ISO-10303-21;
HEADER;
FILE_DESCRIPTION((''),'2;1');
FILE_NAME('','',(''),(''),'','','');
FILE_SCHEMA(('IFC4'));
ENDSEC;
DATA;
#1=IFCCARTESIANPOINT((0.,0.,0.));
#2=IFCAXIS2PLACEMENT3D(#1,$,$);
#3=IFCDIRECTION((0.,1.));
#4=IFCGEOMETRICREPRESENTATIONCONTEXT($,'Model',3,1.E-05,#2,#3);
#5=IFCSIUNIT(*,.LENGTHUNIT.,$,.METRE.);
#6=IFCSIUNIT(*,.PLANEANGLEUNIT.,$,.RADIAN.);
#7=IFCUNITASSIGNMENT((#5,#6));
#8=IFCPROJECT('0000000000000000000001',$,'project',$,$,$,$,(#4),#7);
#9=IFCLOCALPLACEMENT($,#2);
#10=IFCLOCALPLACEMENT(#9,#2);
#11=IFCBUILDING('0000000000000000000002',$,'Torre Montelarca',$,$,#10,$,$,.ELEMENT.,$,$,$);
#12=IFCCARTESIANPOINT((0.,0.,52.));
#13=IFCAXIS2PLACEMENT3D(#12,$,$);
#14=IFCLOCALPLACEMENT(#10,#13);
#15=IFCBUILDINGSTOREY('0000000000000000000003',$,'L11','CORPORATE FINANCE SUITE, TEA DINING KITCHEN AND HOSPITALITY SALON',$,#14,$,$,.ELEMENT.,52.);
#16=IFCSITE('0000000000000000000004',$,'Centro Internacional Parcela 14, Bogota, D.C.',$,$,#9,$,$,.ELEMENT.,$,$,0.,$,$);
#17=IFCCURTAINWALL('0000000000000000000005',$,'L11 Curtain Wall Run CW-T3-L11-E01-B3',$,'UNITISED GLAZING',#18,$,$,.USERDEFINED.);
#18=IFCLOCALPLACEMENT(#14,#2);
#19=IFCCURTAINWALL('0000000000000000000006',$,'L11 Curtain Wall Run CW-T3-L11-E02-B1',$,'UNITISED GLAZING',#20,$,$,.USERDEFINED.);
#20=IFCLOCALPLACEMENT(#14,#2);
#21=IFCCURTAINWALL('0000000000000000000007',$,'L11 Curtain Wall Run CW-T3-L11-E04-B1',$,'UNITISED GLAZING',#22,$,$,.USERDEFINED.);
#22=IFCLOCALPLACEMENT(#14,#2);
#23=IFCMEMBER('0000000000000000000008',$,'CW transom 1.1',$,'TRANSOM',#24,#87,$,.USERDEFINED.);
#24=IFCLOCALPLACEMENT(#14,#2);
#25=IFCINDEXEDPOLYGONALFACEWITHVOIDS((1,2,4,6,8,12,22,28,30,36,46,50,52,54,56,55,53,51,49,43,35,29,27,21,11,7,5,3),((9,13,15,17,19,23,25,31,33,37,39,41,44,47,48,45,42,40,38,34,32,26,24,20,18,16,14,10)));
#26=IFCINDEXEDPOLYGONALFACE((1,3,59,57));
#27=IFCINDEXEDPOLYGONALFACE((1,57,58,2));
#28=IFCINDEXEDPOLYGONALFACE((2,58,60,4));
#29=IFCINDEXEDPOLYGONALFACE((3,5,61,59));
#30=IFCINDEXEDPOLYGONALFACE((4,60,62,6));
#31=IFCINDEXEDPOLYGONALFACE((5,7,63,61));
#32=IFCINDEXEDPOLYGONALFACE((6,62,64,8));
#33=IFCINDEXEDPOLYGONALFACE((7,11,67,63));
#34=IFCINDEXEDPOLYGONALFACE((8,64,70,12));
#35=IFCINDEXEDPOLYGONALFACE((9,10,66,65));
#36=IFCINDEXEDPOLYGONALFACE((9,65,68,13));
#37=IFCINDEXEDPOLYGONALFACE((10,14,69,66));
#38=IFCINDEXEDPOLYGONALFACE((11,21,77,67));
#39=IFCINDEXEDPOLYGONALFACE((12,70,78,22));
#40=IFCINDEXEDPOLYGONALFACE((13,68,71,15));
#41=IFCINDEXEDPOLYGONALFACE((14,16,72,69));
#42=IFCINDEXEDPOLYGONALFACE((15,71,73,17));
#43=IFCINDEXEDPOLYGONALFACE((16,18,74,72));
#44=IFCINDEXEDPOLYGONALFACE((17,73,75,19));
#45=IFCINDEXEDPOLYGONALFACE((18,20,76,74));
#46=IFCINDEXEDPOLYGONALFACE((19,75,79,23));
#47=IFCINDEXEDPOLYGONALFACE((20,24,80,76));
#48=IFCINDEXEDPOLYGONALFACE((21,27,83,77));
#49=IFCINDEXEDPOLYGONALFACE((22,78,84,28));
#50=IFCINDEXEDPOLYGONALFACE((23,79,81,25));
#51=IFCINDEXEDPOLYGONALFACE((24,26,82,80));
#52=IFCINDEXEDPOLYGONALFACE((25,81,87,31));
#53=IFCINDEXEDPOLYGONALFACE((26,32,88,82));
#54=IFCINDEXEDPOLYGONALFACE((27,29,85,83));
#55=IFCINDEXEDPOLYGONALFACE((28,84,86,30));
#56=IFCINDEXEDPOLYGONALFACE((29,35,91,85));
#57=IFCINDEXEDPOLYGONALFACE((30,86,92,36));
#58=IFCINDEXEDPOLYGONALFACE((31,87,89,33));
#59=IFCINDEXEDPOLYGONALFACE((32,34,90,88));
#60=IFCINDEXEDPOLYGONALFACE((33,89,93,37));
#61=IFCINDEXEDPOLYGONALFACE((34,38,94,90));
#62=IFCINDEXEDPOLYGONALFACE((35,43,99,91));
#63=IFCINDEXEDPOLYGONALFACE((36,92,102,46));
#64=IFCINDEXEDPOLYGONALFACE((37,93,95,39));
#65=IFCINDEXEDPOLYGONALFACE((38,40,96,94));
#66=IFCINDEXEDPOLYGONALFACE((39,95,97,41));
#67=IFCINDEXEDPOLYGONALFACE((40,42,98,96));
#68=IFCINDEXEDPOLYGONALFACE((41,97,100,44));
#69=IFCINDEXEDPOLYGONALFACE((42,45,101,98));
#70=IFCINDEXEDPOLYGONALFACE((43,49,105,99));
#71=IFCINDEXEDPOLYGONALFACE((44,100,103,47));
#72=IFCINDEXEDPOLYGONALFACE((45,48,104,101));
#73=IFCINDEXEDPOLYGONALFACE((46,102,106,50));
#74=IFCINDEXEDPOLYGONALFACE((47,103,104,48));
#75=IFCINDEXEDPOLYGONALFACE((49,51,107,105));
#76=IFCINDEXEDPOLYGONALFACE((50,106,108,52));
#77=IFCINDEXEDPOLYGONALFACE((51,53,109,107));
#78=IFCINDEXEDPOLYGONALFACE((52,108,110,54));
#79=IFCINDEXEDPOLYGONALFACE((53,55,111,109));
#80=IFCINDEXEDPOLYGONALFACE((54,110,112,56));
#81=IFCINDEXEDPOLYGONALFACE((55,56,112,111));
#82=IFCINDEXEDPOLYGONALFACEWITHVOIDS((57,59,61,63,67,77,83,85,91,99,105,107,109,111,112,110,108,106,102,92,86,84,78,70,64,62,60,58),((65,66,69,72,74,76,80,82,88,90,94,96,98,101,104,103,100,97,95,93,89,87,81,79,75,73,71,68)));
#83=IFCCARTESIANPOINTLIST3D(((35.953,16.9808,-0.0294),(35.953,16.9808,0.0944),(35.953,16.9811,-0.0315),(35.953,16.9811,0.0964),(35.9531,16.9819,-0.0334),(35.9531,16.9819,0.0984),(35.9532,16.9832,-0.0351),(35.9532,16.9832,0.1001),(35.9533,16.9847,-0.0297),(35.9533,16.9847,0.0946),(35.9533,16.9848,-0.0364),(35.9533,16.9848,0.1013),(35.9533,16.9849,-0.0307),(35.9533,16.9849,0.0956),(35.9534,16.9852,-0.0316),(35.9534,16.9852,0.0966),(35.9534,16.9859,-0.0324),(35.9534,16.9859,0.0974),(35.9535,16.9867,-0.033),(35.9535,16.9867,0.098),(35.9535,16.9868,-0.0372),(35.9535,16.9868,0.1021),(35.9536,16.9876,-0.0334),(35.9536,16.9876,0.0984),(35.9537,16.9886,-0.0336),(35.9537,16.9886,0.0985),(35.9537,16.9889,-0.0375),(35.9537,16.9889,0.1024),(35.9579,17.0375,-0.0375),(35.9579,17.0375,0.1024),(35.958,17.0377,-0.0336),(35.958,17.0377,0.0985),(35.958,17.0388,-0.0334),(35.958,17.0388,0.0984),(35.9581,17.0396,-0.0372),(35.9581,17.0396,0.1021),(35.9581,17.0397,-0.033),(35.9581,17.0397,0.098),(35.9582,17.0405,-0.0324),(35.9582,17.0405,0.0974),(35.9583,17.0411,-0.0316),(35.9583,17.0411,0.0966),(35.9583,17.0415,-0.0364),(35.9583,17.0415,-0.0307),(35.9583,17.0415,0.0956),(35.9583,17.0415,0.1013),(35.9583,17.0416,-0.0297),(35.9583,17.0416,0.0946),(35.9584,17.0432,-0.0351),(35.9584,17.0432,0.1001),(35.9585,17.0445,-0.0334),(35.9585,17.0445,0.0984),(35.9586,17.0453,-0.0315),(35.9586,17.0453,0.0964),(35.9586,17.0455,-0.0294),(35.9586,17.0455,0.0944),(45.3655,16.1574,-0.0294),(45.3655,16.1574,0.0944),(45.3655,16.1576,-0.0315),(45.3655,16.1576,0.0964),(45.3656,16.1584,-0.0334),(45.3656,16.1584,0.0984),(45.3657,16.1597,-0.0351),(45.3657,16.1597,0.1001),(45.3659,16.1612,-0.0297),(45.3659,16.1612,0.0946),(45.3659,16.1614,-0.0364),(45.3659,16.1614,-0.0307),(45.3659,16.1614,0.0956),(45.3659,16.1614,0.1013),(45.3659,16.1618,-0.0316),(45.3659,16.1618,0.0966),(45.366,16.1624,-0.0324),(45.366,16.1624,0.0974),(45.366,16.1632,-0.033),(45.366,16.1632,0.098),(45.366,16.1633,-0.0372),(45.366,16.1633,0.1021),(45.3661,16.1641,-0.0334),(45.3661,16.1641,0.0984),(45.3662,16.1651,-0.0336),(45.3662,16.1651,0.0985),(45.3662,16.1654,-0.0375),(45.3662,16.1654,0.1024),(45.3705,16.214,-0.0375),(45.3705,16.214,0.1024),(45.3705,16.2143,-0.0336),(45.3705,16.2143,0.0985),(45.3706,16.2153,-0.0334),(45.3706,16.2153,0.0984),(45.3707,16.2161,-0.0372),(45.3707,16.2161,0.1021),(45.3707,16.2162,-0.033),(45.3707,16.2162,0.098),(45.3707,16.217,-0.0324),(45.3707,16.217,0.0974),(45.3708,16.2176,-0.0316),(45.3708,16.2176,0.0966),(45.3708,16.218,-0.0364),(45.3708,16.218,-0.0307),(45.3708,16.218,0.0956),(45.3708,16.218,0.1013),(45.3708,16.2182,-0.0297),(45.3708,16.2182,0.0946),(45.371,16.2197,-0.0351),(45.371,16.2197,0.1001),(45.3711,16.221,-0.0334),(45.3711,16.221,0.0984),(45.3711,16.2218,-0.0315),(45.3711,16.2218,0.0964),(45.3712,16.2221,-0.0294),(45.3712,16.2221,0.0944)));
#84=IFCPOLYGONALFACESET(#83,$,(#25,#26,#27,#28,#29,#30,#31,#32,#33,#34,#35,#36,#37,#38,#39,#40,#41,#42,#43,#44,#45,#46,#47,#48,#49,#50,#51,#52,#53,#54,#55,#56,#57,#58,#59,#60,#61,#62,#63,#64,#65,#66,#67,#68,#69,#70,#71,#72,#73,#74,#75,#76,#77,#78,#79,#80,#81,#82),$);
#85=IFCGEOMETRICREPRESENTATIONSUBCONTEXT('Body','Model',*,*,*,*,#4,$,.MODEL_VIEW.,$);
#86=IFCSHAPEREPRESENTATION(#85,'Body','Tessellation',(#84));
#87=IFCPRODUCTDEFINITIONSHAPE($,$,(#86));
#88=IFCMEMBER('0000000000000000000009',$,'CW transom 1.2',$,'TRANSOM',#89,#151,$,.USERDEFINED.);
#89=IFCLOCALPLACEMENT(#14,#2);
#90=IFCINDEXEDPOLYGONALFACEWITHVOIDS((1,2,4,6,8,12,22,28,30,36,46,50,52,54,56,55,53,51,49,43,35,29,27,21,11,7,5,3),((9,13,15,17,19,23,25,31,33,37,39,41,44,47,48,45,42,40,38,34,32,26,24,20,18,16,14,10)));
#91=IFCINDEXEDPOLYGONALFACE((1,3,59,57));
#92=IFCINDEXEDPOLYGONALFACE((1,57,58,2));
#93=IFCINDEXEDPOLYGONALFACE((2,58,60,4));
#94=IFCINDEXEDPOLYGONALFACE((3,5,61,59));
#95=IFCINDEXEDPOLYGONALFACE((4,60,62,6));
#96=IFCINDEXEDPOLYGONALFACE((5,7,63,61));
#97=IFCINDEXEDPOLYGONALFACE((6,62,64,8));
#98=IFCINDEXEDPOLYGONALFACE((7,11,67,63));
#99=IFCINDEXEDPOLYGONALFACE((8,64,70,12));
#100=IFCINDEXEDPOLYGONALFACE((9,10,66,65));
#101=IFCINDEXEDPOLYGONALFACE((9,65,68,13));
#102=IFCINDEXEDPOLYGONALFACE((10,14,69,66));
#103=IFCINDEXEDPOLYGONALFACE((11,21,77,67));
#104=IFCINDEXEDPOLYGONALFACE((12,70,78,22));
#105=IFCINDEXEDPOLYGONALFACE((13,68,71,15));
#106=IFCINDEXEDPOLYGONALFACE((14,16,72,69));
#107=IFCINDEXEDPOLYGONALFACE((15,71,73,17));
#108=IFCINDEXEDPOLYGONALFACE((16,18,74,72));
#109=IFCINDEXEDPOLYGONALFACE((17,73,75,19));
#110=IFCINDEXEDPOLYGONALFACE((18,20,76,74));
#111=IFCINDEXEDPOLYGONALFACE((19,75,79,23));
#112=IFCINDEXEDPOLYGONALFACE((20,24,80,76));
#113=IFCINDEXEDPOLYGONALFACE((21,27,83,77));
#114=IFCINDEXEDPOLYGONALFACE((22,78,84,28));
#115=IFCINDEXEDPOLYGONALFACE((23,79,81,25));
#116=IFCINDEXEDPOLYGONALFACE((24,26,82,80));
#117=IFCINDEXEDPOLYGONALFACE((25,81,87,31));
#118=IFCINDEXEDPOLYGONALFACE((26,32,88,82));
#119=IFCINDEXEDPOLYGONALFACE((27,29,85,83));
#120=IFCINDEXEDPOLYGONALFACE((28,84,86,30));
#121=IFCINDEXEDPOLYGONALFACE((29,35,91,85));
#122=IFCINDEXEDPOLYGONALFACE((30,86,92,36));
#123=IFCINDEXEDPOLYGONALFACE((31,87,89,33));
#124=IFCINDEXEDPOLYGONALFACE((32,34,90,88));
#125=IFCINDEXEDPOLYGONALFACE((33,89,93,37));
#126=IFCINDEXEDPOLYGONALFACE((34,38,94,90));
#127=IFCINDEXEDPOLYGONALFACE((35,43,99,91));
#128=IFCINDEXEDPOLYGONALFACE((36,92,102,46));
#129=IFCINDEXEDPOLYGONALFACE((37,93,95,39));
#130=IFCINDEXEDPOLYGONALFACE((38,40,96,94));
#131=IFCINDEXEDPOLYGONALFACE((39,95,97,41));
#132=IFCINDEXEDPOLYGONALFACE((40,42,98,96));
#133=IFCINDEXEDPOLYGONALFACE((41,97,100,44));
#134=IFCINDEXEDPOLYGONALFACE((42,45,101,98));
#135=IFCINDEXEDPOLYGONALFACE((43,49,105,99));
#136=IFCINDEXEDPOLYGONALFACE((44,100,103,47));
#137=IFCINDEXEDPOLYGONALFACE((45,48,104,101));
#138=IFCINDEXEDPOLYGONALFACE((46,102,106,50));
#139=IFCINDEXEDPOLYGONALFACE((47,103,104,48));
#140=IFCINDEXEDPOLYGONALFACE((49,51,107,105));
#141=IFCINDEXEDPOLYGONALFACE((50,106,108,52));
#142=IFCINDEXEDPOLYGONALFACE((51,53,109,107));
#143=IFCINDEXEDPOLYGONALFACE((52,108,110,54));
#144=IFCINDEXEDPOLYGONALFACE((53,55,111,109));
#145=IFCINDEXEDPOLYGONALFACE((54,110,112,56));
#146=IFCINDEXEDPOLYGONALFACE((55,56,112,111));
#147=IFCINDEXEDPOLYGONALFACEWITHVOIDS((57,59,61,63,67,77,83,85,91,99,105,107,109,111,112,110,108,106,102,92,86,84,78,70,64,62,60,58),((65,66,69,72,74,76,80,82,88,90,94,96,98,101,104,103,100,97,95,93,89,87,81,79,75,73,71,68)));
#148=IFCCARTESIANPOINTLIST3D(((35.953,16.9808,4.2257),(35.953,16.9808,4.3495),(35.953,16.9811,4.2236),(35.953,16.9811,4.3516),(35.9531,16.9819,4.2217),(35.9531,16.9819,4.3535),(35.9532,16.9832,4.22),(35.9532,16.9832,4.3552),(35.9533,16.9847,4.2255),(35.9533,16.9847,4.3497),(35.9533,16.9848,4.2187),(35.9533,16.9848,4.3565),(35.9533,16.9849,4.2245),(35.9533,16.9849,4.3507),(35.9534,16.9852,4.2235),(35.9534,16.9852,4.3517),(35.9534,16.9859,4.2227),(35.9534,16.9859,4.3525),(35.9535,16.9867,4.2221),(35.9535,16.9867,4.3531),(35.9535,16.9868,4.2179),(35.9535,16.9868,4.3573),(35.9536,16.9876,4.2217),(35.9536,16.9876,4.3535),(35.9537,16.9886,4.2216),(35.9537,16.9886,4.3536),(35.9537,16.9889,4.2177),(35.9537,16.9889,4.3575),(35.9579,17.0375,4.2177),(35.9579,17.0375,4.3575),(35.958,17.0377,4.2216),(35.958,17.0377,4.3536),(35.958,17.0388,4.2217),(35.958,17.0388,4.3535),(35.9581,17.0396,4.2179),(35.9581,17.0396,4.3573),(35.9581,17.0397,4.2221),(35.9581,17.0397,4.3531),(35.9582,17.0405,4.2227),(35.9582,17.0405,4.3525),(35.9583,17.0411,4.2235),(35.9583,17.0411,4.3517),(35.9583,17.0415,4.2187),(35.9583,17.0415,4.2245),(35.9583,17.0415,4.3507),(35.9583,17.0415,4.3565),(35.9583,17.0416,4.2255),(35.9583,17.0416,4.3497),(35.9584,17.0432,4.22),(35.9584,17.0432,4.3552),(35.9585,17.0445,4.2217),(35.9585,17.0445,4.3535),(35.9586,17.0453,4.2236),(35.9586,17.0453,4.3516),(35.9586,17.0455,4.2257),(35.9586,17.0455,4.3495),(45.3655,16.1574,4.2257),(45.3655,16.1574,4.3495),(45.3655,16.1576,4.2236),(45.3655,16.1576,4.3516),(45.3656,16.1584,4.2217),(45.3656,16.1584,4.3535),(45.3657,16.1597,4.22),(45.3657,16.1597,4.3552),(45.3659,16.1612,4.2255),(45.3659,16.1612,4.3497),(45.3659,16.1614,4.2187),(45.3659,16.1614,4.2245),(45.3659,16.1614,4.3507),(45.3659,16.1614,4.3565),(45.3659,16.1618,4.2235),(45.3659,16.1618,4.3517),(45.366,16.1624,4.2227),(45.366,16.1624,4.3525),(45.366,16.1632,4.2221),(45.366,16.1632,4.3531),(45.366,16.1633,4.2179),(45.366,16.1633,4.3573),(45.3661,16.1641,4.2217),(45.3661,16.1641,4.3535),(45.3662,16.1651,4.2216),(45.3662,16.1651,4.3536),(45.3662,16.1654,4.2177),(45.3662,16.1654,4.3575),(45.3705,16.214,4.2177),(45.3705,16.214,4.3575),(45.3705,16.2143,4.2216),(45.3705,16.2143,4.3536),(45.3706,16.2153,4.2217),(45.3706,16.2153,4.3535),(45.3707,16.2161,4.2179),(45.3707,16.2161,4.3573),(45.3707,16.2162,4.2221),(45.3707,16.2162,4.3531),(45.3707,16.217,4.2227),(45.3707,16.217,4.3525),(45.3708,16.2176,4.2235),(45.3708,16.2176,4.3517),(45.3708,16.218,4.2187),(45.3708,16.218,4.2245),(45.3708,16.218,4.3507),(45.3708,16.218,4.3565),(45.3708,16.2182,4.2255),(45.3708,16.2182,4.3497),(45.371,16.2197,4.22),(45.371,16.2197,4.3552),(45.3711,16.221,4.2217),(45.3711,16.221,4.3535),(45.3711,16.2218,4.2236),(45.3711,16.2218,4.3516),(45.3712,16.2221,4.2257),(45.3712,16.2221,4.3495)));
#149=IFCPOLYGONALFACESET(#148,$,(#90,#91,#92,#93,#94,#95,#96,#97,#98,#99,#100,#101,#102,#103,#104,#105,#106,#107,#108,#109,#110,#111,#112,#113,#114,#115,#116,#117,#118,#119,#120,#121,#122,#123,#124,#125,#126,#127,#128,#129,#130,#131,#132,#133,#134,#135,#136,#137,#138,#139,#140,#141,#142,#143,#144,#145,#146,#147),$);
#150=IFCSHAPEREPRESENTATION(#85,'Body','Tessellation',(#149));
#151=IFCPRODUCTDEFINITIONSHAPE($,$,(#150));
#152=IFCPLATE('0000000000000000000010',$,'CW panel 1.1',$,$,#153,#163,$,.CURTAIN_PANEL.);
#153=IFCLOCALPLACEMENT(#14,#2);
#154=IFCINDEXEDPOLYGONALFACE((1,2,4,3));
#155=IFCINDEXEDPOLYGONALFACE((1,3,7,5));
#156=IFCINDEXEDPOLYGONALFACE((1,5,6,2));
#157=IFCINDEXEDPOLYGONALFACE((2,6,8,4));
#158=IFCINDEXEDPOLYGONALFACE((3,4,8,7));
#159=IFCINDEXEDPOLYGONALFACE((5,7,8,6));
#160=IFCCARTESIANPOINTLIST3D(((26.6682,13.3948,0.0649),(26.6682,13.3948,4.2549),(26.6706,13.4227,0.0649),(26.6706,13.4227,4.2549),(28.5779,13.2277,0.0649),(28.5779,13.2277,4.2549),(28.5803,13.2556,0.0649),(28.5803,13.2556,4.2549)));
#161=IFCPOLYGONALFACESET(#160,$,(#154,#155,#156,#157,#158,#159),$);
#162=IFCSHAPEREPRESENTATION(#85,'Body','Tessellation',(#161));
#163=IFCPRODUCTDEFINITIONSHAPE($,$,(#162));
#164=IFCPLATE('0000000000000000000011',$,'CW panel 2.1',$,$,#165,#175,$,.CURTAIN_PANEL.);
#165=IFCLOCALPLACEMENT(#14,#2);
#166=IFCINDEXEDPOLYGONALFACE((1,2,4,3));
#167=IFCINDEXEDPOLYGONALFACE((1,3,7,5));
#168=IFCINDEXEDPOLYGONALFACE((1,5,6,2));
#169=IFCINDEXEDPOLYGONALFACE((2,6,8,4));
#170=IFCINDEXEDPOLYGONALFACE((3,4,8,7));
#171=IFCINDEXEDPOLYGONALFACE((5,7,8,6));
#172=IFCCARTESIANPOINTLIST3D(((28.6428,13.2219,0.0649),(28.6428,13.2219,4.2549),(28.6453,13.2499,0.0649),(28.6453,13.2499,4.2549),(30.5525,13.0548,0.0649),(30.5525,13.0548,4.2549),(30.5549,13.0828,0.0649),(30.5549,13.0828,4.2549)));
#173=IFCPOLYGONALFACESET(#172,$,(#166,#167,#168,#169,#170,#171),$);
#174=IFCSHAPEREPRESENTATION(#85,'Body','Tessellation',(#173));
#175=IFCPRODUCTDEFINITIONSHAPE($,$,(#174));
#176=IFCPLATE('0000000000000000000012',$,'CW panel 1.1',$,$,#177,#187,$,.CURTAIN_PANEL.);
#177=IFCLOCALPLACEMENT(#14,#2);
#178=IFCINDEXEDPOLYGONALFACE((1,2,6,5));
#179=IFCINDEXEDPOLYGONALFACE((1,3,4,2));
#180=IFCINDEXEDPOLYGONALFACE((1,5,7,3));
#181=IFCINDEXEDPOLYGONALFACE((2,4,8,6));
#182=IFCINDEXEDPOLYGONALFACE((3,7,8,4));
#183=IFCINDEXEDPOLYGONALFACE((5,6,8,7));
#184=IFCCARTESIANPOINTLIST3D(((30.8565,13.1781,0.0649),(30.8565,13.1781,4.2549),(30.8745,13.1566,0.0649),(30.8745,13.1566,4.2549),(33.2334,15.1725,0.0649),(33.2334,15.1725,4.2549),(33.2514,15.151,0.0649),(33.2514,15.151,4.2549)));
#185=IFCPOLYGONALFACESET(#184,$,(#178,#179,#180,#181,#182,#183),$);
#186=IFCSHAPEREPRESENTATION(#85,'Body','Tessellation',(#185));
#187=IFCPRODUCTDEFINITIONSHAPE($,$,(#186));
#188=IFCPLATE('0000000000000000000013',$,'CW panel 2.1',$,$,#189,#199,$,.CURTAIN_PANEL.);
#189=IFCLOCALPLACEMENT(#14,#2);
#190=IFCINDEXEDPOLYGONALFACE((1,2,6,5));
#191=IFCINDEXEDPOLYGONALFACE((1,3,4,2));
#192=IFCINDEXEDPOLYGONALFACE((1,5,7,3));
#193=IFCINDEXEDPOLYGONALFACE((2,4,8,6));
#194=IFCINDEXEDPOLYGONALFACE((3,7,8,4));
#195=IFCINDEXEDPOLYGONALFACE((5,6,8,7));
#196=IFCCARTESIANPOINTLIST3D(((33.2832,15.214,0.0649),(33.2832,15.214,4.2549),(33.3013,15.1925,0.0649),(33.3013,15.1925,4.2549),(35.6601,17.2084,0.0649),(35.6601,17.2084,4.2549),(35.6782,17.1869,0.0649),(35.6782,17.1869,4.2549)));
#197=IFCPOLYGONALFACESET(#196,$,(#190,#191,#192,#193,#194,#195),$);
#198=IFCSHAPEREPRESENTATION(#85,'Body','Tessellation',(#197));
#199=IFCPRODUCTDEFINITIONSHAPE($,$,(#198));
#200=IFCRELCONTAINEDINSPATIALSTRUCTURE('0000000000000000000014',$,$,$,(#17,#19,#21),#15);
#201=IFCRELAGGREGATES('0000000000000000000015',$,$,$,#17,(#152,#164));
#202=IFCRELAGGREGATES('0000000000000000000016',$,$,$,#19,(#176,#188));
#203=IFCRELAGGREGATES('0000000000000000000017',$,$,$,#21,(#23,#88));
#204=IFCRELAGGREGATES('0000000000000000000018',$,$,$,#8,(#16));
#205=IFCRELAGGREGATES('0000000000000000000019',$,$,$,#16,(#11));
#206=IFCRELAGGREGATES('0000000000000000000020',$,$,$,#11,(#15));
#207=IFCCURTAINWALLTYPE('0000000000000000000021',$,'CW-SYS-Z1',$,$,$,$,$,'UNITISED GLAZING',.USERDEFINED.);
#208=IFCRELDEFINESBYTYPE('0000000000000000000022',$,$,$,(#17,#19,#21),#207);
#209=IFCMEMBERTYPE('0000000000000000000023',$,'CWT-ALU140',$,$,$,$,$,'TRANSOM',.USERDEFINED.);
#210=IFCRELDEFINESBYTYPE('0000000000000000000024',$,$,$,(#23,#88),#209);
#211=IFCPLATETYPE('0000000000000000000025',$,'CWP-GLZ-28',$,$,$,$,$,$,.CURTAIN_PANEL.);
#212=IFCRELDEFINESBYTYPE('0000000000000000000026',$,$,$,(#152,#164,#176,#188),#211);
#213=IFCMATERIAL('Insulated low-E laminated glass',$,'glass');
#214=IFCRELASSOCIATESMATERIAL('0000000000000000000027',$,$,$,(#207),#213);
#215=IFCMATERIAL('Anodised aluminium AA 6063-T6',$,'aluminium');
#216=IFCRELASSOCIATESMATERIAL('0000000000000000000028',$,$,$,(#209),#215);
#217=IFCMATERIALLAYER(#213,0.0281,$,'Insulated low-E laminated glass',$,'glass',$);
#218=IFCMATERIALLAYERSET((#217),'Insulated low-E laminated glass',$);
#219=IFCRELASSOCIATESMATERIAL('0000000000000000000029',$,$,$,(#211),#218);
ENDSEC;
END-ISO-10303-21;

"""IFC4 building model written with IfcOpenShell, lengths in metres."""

from ifc_helpers import new_model, si_unit, direction, frame, origin, origin_2d, place, context, subcontext, project, spatial, rectangle, hollow_rectangle, extrude, source, transform, mapped, material, layer, layer_set, material_profile, profile_set, type_object, element, aggregate, save


model = new_model("IFC4")

# Units and contexts
model_context = context("Model", 3, precision=1e-05, world=origin(), true_north=direction((0.0, 1.0)))
body_context = subcontext(model_context, "Body", "Model", "MODEL_VIEW")
ifc_project = project(units=[si_unit("LENGTHUNIT", "METRE"), si_unit("PLANEANGLEUNIT", "RADIAN")], contexts=[model_context])

# Site, building, storey
site_placement = place(None, origin())
site = spatial("IfcSite", under=ifc_project, at=site_placement, Name="Centro Internacional Parcela 14, Bogota, D.C.", CompositionType="ELEMENT", RefElevation=0.0)
building_placement = place(site_placement, origin())
building = spatial("IfcBuilding", under=site, at=building_placement, Name="Torre Montelarca", CompositionType="ELEMENT")
storey_placement = place(building_placement, frame((0.0, 0.0, 52.0)))
storey = spatial("IfcBuildingStorey", under=building, at=storey_placement, Name="L11", Description="CORPORATE FINANCE SUITE, TEA DINING KITCHEN AND HOSPITALITY SALON", CompositionType="ELEMENT", Elevation=52.0)

# Shared definitions
ifc_material_1 = material(Name="Insulated low-E laminated glass", Category="glass")
curtain_wall_type = type_object("IfcCurtainWallType", Name="CW-SYS-Z1", ElementType="UNITISED GLAZING", PredefinedType="USERDEFINED", material=ifc_material_1)
ifc_material_2 = material(Name="Anodised aluminium AA 6063-T6", Category="aluminium")

# Curtain walls
curtain_wall_1_placement = place(storey_placement, origin())
curtain_wall_1 = element("IfcCurtainWall", 1, at=curtain_wall_1_placement, inside=storey, type_object=curtain_wall_type, Name="L11 Curtain Wall Run CW-T3-L11-E01-B3", ObjectType="UNITISED GLAZING", PredefinedType="USERDEFINED")
curtain_wall_2_placement = place(storey_placement, origin())
curtain_wall_2 = element("IfcCurtainWall", 2, at=curtain_wall_2_placement, inside=storey, type_object=curtain_wall_type, Name="L11 Curtain Wall Run CW-T3-L11-E02-B1", ObjectType="UNITISED GLAZING", PredefinedType="USERDEFINED")

# Curtain wall
curtain_wall_3_placement = place(storey_placement, origin())
curtain_wall_3 = element("IfcCurtainWall", 3, at=curtain_wall_3_placement, inside=storey, type_object=curtain_wall_type, Name="L11 Curtain Wall Run CW-T3-L11-E04-B1", ObjectType="UNITISED GLAZING", PredefinedType="USERDEFINED")

# Members
ifc_material_profile_1 = material_profile(ifc_material_2, hollow_rectangle(XDim=0.0649, YDim=0.1399, WallThickness=0.0039, InnerFilletRadius=0.0039, OuterFilletRadius=0.0081, at=origin_2d()), Name="ALU65X140X4", Category="aluminium")
ifc_profile_set_1 = profile_set([ifc_material_profile_1], Name="Anodised aluminium AA 6063-T6")
member_type_1 = type_object("IfcMemberType", Name="CWT-ALU140", ElementType="TRANSOM", PredefinedType="USERDEFINED", material=ifc_profile_set_1)
shared_shape_1 = source(origin(), body_context, "Body", "SweptSolid", [
    extrude(hollow_rectangle(XDim=0.0649, YDim=0.1399, WallThickness=0.0039, InnerFilletRadius=0.0039, OuterFilletRadius=0.0081, at=origin_2d()), origin(), (0.0, 0.0, 1.0), 9.4485),
])
member_1_placement = place(storey_placement, frame((35.9558, 17.0132, 0.0325), z_axis=(0.996195, -0.087155, 0.0), x_axis=(0.087155, 0.996195, 0.0)))
member_1 = element("IfcMember", 4, at=member_1_placement, type_object=member_type_1, Name="CW transom 1.1", ObjectType="TRANSOM", PredefinedType="USERDEFINED", context=body_context, shape_type="MappedRepresentation", body=[
    mapped(shared_shape_1, transform((0.0, 0.0, 0.0), scale=1.0)),
])
member_2_placement = place(storey_placement, frame((35.9558, 17.0132, 4.2876), z_axis=(0.996195, -0.087155, 0.0), x_axis=(0.087155, 0.996195, 0.0)))
member_2 = element("IfcMember", 5, at=member_2_placement, type_object=member_type_1, Name="CW transom 1.2", ObjectType="TRANSOM", PredefinedType="USERDEFINED", context=body_context, shape_type="MappedRepresentation", body=[
    mapped(shared_shape_1, transform((0.0, 0.0, 0.0), scale=1.0)),
])

# Plates
ifc_layer_1 = layer(ifc_material_1, 0.0281, Name="Insulated low-E laminated glass", Category="glass")
ifc_layer_set_1 = layer_set([ifc_layer_1], Name="Insulated low-E laminated glass")
plate_type = type_object("IfcPlateType", Name="CWP-GLZ-28", PredefinedType="CURTAIN_PANEL", material=ifc_layer_set_1)
shared_shape_2 = source(origin(), body_context, "Body", "SweptSolid", [
    extrude(rectangle(XDim=1.917, YDim=0.0281, at=origin_2d()), origin(), (0.0, 0.0, 1.0), 4.1899),
])
plate_1_placement = place(storey_placement, frame((27.6243, 13.3252, 0.0649), z_axis=(0.0, 0.0, 1.0), x_axis=(0.996194, -0.087165, 0.0)))
plate_1 = element("IfcPlate", 6, at=plate_1_placement, type_object=plate_type, Name="CW panel 1.1", PredefinedType="CURTAIN_PANEL", context=body_context, shape_type="MappedRepresentation", body=[
    mapped(shared_shape_2, transform((0.0, 0.0, 0.0), scale=1.0)),
])
plate_2_placement = place(storey_placement, frame((29.5989, 13.1523, 0.0649), z_axis=(0.0, 0.0, 1.0), x_axis=(0.996194, -0.087165, 0.0)))
plate_2 = element("IfcPlate", 7, at=plate_2_placement, type_object=plate_type, Name="CW panel 2.1", PredefinedType="CURTAIN_PANEL", context=body_context, shape_type="MappedRepresentation", body=[
    mapped(shared_shape_2, transform((0.0, 0.0, 0.0), scale=1.0)),
])
aggregate(curtain_wall_1, [plate_1, plate_2])
shared_shape_3 = source(origin(), body_context, "Body", "SweptSolid", [
    extrude(rectangle(XDim=3.1028, YDim=0.0281, at=origin_2d()), origin(), (0.0, 0.0, 1.0), 4.1899),
])
plate_3_placement = place(storey_placement, frame((32.054, 14.1646, 0.0649), z_axis=(0.0, 0.0, 1.0), x_axis=(0.766053, 0.642778, 0.0)))
plate_3 = element("IfcPlate", 8, at=plate_3_placement, type_object=plate_type, Name="CW panel 1.1", PredefinedType="CURTAIN_PANEL", context=body_context, shape_type="MappedRepresentation", body=[
    mapped(shared_shape_3, transform((0.0, 0.0, 0.0), scale=1.0)),
])
plate_4_placement = place(storey_placement, frame((34.4807, 16.2004, 0.0649), z_axis=(0.0, 0.0, 1.0), x_axis=(0.766053, 0.642778, 0.0)))
plate_4 = element("IfcPlate", 9, at=plate_4_placement, type_object=plate_type, Name="CW panel 2.1", PredefinedType="CURTAIN_PANEL", context=body_context, shape_type="MappedRepresentation", body=[
    mapped(shared_shape_3, transform((0.0, 0.0, 0.0), scale=1.0)),
])
aggregate(curtain_wall_2, [plate_3, plate_4])
aggregate(curtain_wall_3, [member_1, member_2])

save(model, "model.ifc")
